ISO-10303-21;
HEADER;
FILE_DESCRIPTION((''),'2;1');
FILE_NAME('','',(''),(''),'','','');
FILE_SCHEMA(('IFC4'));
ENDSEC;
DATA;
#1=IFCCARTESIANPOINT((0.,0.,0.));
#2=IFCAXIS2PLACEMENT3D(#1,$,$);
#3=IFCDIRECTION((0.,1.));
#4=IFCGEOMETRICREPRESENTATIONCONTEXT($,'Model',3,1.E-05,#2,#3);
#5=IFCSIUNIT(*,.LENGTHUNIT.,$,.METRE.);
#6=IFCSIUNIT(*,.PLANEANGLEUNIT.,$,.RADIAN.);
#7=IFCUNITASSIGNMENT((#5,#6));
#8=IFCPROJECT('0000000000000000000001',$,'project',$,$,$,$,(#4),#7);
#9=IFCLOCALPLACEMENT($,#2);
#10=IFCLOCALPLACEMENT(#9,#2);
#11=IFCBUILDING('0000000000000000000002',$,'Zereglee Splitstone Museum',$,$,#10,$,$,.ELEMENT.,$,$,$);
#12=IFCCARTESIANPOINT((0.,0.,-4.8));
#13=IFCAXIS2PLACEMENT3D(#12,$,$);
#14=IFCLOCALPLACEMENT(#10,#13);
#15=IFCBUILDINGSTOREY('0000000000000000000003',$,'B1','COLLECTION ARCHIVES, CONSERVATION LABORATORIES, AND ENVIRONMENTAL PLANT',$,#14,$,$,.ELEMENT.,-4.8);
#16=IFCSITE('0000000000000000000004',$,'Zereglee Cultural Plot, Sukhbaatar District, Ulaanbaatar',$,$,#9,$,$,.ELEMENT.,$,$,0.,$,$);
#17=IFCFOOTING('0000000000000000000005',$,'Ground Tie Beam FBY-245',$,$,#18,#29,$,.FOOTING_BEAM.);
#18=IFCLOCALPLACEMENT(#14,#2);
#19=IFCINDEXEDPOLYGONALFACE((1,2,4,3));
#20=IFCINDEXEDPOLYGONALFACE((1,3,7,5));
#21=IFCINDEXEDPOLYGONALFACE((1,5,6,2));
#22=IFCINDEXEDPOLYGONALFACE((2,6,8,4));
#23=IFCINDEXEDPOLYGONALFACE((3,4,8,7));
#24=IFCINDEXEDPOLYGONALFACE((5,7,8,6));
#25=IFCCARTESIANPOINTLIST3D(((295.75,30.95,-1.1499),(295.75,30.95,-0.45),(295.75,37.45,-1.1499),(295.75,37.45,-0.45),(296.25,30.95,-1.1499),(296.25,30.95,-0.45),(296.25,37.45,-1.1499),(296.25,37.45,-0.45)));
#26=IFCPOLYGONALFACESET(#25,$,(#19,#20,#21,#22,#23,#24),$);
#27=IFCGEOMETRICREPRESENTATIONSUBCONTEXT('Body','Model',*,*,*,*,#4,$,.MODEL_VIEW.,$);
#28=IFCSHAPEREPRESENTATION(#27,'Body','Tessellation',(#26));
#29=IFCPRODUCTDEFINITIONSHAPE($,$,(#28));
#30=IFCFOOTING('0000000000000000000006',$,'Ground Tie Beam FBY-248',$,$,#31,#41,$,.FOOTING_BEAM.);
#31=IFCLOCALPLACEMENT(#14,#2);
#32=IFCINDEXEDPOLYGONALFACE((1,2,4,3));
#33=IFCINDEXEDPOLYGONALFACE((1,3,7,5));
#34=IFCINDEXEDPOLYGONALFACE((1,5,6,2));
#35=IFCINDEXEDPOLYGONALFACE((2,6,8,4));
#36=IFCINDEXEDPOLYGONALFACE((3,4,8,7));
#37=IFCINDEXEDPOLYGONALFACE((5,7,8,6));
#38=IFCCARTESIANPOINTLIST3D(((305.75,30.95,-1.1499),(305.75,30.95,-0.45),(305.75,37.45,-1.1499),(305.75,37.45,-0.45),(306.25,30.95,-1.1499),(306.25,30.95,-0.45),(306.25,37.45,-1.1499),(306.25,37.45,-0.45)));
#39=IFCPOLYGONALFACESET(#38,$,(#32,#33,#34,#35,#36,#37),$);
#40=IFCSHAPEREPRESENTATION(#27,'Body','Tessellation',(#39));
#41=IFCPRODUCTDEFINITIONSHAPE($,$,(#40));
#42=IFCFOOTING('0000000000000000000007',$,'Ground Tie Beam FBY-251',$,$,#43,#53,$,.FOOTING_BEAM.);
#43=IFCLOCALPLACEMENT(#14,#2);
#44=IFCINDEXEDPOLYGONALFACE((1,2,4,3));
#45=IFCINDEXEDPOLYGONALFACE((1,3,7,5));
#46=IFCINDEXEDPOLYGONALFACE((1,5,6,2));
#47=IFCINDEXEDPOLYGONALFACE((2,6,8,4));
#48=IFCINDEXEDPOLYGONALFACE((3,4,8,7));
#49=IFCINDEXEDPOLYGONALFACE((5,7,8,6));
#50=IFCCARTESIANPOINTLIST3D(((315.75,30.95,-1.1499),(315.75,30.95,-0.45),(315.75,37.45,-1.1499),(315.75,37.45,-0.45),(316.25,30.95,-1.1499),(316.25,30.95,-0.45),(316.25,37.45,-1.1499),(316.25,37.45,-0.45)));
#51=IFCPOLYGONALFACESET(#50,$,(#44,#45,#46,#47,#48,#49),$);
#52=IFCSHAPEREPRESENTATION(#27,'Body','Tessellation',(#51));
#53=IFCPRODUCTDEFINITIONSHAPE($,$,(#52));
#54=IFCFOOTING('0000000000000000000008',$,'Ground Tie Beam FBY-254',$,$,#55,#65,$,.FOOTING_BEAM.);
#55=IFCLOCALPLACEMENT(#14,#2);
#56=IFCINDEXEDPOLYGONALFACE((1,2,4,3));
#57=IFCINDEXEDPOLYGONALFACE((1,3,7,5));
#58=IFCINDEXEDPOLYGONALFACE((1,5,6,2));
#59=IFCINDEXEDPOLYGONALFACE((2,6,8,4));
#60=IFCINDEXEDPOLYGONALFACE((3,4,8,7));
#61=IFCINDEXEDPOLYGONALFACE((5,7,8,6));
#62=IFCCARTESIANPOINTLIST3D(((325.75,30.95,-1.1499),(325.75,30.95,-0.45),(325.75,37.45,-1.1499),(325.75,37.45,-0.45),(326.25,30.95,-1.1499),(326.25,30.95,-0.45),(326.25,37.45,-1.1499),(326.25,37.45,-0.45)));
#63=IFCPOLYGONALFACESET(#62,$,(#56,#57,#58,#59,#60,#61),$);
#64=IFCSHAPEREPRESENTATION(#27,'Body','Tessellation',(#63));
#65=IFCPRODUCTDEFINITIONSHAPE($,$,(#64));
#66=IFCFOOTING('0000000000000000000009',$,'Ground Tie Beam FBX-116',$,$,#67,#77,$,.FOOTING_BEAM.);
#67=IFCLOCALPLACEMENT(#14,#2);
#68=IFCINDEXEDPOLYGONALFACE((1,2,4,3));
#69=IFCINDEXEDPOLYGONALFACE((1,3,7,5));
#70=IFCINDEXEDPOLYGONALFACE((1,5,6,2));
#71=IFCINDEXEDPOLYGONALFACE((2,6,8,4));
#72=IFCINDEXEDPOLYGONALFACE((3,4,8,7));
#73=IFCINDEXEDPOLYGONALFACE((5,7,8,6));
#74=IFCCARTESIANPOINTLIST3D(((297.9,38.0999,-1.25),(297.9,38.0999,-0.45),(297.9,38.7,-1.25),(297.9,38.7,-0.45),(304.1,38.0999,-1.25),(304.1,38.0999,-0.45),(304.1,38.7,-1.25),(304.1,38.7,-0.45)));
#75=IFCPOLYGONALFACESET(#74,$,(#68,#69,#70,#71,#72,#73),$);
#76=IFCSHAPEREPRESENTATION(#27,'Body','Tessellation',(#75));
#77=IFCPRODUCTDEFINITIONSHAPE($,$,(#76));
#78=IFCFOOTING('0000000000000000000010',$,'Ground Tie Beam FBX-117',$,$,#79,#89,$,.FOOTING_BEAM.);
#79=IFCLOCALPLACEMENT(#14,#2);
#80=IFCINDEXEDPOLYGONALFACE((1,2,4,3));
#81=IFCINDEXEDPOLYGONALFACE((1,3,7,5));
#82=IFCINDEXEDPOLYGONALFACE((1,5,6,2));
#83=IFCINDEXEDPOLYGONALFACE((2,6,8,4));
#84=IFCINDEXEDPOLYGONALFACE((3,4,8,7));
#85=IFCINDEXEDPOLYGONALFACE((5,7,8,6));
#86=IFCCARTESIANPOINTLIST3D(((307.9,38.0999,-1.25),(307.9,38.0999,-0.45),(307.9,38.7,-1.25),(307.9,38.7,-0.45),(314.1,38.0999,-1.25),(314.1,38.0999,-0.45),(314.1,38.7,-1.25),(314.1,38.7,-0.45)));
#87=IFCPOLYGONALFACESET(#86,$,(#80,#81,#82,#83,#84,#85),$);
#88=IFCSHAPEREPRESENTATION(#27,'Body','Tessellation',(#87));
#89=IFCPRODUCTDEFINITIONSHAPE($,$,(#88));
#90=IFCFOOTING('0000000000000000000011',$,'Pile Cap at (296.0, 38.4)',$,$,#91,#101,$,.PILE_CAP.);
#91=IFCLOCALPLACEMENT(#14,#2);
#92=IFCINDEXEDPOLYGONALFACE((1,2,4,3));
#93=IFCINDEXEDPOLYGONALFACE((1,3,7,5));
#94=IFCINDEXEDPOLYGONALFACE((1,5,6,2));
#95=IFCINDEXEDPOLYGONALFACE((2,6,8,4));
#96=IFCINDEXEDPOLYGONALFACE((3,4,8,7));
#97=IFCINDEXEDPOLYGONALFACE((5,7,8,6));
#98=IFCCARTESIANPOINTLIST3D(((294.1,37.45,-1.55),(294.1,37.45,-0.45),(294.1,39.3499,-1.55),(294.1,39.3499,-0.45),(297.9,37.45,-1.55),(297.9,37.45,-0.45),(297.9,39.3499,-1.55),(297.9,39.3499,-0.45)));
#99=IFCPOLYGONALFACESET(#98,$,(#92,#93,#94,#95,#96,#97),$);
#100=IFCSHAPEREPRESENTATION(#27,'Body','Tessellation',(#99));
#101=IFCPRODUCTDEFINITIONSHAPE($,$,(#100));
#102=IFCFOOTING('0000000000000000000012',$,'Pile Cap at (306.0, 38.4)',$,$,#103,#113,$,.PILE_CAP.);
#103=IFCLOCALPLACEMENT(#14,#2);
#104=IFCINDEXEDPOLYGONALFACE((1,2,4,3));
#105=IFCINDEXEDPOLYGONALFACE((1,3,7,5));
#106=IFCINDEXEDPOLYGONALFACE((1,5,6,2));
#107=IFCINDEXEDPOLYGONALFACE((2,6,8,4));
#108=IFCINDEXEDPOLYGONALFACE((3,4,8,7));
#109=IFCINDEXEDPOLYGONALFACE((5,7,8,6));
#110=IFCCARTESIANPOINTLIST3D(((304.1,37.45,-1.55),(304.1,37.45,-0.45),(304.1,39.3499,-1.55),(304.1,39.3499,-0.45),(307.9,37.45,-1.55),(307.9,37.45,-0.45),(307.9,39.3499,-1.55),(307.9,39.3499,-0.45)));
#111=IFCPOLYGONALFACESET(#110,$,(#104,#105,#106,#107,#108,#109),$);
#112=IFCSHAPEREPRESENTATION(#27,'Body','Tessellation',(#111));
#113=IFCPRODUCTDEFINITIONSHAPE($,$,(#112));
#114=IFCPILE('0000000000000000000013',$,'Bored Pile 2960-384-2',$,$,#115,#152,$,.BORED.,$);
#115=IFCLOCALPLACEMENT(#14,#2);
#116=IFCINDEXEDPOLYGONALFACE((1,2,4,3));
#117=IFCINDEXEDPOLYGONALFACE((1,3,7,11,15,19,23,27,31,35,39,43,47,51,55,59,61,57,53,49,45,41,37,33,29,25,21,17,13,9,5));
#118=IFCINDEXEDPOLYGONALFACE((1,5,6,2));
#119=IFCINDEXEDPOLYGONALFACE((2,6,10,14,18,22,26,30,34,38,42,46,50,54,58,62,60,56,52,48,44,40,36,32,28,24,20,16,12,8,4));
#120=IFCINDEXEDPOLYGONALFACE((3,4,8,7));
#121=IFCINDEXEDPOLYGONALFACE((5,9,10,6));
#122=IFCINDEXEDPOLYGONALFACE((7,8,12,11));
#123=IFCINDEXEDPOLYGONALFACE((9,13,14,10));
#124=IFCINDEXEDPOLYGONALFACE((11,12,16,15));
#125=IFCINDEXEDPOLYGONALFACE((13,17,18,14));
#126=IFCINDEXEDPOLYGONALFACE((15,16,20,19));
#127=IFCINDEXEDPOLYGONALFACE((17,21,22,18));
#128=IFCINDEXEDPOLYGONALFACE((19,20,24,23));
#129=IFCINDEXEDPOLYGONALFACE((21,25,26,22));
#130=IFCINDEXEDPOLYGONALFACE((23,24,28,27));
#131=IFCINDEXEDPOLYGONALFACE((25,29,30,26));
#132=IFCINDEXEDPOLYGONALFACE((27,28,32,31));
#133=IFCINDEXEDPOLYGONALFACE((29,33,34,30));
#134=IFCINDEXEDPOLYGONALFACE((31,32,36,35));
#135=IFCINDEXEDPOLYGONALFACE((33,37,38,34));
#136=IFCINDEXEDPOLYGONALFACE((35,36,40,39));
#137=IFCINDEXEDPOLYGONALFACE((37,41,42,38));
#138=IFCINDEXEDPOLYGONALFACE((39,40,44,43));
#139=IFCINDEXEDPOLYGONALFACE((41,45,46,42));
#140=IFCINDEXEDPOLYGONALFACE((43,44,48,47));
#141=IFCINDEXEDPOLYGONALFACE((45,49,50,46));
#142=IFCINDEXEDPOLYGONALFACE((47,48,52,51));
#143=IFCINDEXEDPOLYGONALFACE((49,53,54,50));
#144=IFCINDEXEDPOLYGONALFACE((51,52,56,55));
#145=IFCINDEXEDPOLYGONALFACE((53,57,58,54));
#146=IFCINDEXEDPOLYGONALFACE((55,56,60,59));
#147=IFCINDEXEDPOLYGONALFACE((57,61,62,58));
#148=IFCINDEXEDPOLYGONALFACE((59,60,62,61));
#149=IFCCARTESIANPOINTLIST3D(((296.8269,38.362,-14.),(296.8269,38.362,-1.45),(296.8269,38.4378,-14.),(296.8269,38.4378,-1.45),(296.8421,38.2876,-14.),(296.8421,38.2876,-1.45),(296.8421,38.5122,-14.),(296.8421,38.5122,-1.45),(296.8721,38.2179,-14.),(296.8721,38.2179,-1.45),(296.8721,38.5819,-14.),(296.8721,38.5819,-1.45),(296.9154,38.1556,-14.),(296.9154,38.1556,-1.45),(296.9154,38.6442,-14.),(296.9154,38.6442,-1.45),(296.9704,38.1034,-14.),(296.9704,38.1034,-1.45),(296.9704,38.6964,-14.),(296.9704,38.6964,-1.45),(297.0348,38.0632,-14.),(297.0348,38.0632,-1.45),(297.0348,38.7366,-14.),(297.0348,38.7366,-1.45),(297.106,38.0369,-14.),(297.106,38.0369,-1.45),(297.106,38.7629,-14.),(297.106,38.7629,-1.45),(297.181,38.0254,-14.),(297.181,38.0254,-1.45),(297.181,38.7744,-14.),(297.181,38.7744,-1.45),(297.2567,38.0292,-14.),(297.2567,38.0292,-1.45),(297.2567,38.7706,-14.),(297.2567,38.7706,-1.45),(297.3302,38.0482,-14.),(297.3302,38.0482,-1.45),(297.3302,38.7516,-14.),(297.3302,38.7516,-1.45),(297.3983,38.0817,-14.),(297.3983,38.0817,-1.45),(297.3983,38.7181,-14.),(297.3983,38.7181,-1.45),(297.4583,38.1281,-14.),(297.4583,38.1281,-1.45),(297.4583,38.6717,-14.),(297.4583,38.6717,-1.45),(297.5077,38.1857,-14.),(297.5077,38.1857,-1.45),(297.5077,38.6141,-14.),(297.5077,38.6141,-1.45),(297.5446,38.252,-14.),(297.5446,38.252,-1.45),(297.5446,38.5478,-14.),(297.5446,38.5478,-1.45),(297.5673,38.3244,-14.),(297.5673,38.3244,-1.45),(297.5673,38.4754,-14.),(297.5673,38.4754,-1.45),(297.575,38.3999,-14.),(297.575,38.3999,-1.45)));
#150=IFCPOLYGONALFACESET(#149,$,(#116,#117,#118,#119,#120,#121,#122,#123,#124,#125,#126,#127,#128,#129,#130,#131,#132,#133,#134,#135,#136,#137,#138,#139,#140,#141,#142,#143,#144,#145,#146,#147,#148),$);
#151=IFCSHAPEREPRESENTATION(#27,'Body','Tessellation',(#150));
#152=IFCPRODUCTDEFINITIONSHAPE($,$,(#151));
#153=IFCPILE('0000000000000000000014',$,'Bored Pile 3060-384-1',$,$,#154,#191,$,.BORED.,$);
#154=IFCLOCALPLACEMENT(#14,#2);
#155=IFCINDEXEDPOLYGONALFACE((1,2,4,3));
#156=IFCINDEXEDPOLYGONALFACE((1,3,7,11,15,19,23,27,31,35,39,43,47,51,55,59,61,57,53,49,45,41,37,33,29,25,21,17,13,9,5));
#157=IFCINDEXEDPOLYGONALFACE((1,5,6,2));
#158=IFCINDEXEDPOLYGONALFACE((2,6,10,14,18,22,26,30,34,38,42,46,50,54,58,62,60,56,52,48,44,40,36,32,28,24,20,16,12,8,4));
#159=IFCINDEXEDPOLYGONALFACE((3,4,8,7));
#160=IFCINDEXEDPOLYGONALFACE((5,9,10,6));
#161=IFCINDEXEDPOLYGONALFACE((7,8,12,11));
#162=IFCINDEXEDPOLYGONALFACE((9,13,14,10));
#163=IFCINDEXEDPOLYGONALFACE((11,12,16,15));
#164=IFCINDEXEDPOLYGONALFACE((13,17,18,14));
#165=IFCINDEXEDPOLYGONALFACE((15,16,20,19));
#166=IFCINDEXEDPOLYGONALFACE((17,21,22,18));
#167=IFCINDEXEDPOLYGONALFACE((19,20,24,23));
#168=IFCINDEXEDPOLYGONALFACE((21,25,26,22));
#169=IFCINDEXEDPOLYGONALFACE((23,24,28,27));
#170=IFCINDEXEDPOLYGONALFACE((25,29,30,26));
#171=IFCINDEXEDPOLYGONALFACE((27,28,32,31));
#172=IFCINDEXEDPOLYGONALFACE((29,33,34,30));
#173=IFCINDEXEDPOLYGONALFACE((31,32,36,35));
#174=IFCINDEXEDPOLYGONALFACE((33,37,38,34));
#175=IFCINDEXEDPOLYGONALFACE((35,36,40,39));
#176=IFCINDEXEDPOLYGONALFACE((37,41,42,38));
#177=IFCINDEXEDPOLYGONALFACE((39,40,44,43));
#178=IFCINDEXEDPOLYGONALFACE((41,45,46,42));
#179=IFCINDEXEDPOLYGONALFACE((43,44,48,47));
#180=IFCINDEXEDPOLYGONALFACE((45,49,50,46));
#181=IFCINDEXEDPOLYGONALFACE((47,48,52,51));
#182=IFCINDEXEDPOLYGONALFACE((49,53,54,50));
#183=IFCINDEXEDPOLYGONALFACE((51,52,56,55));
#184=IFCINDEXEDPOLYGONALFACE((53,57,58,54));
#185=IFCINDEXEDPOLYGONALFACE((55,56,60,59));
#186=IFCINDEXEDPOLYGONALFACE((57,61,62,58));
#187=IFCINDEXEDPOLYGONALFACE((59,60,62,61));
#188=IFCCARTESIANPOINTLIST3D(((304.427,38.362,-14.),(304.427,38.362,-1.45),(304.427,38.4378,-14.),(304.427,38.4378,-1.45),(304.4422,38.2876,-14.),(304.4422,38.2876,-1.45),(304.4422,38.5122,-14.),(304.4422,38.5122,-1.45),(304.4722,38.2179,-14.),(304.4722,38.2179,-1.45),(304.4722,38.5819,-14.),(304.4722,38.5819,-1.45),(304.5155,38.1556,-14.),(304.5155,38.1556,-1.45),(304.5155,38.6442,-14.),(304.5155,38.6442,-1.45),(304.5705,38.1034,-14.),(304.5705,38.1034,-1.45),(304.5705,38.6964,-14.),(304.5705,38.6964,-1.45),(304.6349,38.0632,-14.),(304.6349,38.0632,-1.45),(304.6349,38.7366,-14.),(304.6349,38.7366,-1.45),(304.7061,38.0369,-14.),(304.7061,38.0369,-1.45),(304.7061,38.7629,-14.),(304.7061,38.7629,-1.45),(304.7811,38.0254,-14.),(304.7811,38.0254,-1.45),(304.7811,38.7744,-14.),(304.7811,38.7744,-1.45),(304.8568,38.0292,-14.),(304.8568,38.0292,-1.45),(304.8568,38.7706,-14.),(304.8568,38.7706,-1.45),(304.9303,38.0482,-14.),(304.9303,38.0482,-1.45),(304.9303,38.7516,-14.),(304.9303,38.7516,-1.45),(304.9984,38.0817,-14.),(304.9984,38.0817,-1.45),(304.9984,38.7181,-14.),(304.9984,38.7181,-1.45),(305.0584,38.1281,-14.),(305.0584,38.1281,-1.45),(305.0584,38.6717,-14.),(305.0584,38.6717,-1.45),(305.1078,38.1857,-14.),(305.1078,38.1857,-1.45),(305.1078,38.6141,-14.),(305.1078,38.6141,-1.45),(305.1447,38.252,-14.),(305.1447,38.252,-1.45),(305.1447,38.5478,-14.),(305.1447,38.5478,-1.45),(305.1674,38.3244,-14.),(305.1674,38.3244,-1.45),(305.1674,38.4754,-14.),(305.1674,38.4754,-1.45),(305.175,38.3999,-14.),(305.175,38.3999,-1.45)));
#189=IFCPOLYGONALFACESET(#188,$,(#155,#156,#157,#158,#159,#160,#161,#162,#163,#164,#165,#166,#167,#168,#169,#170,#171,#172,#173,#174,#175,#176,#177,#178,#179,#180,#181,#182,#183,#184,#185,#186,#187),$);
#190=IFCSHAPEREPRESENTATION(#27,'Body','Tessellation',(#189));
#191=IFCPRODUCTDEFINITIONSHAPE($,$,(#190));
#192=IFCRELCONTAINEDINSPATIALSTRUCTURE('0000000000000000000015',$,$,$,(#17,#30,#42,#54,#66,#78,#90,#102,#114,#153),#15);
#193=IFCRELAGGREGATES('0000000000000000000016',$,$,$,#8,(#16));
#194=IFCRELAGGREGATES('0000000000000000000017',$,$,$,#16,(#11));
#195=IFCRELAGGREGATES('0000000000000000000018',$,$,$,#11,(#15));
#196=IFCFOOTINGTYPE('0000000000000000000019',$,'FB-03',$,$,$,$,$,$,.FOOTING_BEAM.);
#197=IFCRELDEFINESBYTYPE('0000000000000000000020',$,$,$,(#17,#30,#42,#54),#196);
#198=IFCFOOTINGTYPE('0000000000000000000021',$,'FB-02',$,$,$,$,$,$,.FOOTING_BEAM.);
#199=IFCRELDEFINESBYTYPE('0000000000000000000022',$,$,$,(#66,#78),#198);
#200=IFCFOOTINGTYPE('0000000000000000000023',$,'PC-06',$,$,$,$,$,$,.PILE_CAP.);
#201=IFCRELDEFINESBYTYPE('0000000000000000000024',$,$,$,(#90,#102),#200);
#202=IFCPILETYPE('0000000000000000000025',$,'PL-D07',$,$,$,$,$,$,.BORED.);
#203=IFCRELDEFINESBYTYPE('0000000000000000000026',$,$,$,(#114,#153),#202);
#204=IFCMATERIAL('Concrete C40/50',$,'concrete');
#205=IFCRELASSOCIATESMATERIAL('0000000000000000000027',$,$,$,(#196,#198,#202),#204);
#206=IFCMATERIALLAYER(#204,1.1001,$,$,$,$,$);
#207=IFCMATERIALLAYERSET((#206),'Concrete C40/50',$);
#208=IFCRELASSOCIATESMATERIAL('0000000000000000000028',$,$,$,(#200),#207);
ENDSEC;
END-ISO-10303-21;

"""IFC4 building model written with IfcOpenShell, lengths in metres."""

from ifc_helpers import new_model, si_unit, direction, frame, origin, origin_2d, place, context, subcontext, project, spatial, rectangle, circle, extrude, material, layer, layer_set, material_profile, profile_set, type_object, element, save


model = new_model("IFC4")

# Units and contexts
model_context = context("Model", 3, precision=1e-05, world=origin(), true_north=direction((0.0, 1.0)))
body_context = subcontext(model_context, "Body", "Model", "MODEL_VIEW")
ifc_project = project(units=[si_unit("LENGTHUNIT", "METRE"), si_unit("PLANEANGLEUNIT", "RADIAN")], contexts=[model_context])

# Site, building, storey
site_placement = place(None, origin())
site = spatial("IfcSite", under=ifc_project, at=site_placement, Name="Zereglee Cultural Plot, Sukhbaatar District, Ulaanbaatar", CompositionType="ELEMENT", RefElevation=0.0)
building_placement = place(site_placement, origin())
building = spatial("IfcBuilding", under=site, at=building_placement, Name="Zereglee Splitstone Museum", CompositionType="ELEMENT")
storey_placement = place(building_placement, frame((0.0, 0.0, -4.8)))
storey = spatial("IfcBuildingStorey", under=building, at=storey_placement, Name="B1", Description="COLLECTION ARCHIVES, CONSERVATION LABORATORIES, AND ENVIRONMENTAL PLANT", CompositionType="ELEMENT", Elevation=-4.8)

# Footings
ifc_material_1 = material(Name="Concrete C40/50", Category="concrete")
footing_type_1 = type_object("IfcFootingType", Name="FB-03", PredefinedType="FOOTING_BEAM", material=ifc_material_1)
for number, where, z_axis, x_axis, name in (
    (1, (296.0, 34.2, -1.1499), (0.0, 0.0, 1.0), (0.0, 1.0, 0.0), "Ground Tie Beam FBY-245"),
    (2, (306.0, 34.2, -1.1499), (0.0, 0.0, 1.0), (0.0, 1.0, 0.0), "Ground Tie Beam FBY-248"),
    (3, (316.0, 34.2, -1.1499), (0.0, 0.0, 1.0), (0.0, 1.0, 0.0), "Ground Tie Beam FBY-251"),
    (4, (326.0, 34.2, -1.1499), (0.0, 0.0, 1.0), (0.0, 1.0, 0.0), "Ground Tie Beam FBY-254"),
):
    element("IfcFooting", number, at=place(storey_placement, frame(where, z_axis=z_axis, x_axis=x_axis)), inside=storey, type_object=footing_type_1, Name=name, PredefinedType="FOOTING_BEAM", context=body_context, shape_type="SweptSolid", body=[
        extrude(rectangle(XDim=6.5, YDim=0.5, at=origin_2d()), origin(), (0.0, 0.0, 1.0), 0.7),
    ])
footing_type_2 = type_object("IfcFootingType", Name="FB-02", PredefinedType="FOOTING_BEAM", material=ifc_material_1)
for number, where, z_axis, x_axis, name in (
    (5, (301.0, 38.3999, -1.25), (0.0, 0.0, 1.0), (1.0, 0.0, 0.0), "Ground Tie Beam FBX-116"),
    (6, (311.0, 38.3999, -1.25), (0.0, 0.0, 1.0), (1.0, 0.0, 0.0), "Ground Tie Beam FBX-117"),
):
    element("IfcFooting", number, at=place(storey_placement, frame(where, z_axis=z_axis, x_axis=x_axis)), inside=storey, type_object=footing_type_2, Name=name, PredefinedType="FOOTING_BEAM", context=body_context, shape_type="SweptSolid", body=[
        extrude(rectangle(XDim=6.2, YDim=0.6001, at=origin_2d()), origin(), (0.0, 0.0, 1.0), 0.8),
    ])
ifc_layer_1 = layer(ifc_material_1, 1.1001)
ifc_layer_set_1 = layer_set([ifc_layer_1], Name="Concrete C40/50")
footing_type_3 = type_object("IfcFootingType", Name="PC-06", PredefinedType="PILE_CAP", material=ifc_layer_set_1)
for number, where, z_axis, x_axis, name in (
    (7, (296.0, 38.3999, -1.55), (0.0, 0.0, 1.0), (1.0, 0.0, 0.0), "Pile Cap at (296.0, 38.4)"),
    (8, (306.0, 38.3999, -1.55), (0.0, 0.0, 1.0), (1.0, 0.0, 0.0), "Pile Cap at (306.0, 38.4)"),
):
    element("IfcFooting", number, at=place(storey_placement, frame(where, z_axis=z_axis, x_axis=x_axis)), inside=storey, type_object=footing_type_3, Name=name, PredefinedType="PILE_CAP", context=body_context, shape_type="SweptSolid", body=[
        extrude(rectangle(XDim=3.8, YDim=1.8999, at=origin_2d()), origin(), (0.0, 0.0, 1.0), 1.1001),
    ])

# Piles
ifc_material_profile_1 = material_profile(ifc_material_1, circle(Radius=0.375, at=origin_2d()), Name="PILE D750")
ifc_profile_set_1 = profile_set([ifc_material_profile_1], Name="Concrete C40/50")
pile_type = type_object("IfcPileType", Name="PL-D07", PredefinedType="BORED", material=ifc_profile_set_1)
for number, where, z_axis, x_axis, name in (
    (9, (297.2, 38.3999, -1.45), (0.0, 0.0, -1.0), (1.0, 0.0, 0.0), "Bored Pile 2960-384-2"),
    (10, (304.8, 38.3999, -1.45), (0.0, 0.0, -1.0), (1.0, 0.0, 0.0), "Bored Pile 3060-384-1"),
):
    element("IfcPile", number, at=place(storey_placement, frame(where, z_axis=z_axis, x_axis=x_axis)), inside=storey, type_object=pile_type, Name=name, PredefinedType="BORED", context=body_context, shape_type="SweptSolid", body=[
        extrude(circle(Radius=0.375, at=origin_2d()), origin(), (0.0, 0.0, 1.0), 12.55),
    ])

save(model, "model.ifc")
